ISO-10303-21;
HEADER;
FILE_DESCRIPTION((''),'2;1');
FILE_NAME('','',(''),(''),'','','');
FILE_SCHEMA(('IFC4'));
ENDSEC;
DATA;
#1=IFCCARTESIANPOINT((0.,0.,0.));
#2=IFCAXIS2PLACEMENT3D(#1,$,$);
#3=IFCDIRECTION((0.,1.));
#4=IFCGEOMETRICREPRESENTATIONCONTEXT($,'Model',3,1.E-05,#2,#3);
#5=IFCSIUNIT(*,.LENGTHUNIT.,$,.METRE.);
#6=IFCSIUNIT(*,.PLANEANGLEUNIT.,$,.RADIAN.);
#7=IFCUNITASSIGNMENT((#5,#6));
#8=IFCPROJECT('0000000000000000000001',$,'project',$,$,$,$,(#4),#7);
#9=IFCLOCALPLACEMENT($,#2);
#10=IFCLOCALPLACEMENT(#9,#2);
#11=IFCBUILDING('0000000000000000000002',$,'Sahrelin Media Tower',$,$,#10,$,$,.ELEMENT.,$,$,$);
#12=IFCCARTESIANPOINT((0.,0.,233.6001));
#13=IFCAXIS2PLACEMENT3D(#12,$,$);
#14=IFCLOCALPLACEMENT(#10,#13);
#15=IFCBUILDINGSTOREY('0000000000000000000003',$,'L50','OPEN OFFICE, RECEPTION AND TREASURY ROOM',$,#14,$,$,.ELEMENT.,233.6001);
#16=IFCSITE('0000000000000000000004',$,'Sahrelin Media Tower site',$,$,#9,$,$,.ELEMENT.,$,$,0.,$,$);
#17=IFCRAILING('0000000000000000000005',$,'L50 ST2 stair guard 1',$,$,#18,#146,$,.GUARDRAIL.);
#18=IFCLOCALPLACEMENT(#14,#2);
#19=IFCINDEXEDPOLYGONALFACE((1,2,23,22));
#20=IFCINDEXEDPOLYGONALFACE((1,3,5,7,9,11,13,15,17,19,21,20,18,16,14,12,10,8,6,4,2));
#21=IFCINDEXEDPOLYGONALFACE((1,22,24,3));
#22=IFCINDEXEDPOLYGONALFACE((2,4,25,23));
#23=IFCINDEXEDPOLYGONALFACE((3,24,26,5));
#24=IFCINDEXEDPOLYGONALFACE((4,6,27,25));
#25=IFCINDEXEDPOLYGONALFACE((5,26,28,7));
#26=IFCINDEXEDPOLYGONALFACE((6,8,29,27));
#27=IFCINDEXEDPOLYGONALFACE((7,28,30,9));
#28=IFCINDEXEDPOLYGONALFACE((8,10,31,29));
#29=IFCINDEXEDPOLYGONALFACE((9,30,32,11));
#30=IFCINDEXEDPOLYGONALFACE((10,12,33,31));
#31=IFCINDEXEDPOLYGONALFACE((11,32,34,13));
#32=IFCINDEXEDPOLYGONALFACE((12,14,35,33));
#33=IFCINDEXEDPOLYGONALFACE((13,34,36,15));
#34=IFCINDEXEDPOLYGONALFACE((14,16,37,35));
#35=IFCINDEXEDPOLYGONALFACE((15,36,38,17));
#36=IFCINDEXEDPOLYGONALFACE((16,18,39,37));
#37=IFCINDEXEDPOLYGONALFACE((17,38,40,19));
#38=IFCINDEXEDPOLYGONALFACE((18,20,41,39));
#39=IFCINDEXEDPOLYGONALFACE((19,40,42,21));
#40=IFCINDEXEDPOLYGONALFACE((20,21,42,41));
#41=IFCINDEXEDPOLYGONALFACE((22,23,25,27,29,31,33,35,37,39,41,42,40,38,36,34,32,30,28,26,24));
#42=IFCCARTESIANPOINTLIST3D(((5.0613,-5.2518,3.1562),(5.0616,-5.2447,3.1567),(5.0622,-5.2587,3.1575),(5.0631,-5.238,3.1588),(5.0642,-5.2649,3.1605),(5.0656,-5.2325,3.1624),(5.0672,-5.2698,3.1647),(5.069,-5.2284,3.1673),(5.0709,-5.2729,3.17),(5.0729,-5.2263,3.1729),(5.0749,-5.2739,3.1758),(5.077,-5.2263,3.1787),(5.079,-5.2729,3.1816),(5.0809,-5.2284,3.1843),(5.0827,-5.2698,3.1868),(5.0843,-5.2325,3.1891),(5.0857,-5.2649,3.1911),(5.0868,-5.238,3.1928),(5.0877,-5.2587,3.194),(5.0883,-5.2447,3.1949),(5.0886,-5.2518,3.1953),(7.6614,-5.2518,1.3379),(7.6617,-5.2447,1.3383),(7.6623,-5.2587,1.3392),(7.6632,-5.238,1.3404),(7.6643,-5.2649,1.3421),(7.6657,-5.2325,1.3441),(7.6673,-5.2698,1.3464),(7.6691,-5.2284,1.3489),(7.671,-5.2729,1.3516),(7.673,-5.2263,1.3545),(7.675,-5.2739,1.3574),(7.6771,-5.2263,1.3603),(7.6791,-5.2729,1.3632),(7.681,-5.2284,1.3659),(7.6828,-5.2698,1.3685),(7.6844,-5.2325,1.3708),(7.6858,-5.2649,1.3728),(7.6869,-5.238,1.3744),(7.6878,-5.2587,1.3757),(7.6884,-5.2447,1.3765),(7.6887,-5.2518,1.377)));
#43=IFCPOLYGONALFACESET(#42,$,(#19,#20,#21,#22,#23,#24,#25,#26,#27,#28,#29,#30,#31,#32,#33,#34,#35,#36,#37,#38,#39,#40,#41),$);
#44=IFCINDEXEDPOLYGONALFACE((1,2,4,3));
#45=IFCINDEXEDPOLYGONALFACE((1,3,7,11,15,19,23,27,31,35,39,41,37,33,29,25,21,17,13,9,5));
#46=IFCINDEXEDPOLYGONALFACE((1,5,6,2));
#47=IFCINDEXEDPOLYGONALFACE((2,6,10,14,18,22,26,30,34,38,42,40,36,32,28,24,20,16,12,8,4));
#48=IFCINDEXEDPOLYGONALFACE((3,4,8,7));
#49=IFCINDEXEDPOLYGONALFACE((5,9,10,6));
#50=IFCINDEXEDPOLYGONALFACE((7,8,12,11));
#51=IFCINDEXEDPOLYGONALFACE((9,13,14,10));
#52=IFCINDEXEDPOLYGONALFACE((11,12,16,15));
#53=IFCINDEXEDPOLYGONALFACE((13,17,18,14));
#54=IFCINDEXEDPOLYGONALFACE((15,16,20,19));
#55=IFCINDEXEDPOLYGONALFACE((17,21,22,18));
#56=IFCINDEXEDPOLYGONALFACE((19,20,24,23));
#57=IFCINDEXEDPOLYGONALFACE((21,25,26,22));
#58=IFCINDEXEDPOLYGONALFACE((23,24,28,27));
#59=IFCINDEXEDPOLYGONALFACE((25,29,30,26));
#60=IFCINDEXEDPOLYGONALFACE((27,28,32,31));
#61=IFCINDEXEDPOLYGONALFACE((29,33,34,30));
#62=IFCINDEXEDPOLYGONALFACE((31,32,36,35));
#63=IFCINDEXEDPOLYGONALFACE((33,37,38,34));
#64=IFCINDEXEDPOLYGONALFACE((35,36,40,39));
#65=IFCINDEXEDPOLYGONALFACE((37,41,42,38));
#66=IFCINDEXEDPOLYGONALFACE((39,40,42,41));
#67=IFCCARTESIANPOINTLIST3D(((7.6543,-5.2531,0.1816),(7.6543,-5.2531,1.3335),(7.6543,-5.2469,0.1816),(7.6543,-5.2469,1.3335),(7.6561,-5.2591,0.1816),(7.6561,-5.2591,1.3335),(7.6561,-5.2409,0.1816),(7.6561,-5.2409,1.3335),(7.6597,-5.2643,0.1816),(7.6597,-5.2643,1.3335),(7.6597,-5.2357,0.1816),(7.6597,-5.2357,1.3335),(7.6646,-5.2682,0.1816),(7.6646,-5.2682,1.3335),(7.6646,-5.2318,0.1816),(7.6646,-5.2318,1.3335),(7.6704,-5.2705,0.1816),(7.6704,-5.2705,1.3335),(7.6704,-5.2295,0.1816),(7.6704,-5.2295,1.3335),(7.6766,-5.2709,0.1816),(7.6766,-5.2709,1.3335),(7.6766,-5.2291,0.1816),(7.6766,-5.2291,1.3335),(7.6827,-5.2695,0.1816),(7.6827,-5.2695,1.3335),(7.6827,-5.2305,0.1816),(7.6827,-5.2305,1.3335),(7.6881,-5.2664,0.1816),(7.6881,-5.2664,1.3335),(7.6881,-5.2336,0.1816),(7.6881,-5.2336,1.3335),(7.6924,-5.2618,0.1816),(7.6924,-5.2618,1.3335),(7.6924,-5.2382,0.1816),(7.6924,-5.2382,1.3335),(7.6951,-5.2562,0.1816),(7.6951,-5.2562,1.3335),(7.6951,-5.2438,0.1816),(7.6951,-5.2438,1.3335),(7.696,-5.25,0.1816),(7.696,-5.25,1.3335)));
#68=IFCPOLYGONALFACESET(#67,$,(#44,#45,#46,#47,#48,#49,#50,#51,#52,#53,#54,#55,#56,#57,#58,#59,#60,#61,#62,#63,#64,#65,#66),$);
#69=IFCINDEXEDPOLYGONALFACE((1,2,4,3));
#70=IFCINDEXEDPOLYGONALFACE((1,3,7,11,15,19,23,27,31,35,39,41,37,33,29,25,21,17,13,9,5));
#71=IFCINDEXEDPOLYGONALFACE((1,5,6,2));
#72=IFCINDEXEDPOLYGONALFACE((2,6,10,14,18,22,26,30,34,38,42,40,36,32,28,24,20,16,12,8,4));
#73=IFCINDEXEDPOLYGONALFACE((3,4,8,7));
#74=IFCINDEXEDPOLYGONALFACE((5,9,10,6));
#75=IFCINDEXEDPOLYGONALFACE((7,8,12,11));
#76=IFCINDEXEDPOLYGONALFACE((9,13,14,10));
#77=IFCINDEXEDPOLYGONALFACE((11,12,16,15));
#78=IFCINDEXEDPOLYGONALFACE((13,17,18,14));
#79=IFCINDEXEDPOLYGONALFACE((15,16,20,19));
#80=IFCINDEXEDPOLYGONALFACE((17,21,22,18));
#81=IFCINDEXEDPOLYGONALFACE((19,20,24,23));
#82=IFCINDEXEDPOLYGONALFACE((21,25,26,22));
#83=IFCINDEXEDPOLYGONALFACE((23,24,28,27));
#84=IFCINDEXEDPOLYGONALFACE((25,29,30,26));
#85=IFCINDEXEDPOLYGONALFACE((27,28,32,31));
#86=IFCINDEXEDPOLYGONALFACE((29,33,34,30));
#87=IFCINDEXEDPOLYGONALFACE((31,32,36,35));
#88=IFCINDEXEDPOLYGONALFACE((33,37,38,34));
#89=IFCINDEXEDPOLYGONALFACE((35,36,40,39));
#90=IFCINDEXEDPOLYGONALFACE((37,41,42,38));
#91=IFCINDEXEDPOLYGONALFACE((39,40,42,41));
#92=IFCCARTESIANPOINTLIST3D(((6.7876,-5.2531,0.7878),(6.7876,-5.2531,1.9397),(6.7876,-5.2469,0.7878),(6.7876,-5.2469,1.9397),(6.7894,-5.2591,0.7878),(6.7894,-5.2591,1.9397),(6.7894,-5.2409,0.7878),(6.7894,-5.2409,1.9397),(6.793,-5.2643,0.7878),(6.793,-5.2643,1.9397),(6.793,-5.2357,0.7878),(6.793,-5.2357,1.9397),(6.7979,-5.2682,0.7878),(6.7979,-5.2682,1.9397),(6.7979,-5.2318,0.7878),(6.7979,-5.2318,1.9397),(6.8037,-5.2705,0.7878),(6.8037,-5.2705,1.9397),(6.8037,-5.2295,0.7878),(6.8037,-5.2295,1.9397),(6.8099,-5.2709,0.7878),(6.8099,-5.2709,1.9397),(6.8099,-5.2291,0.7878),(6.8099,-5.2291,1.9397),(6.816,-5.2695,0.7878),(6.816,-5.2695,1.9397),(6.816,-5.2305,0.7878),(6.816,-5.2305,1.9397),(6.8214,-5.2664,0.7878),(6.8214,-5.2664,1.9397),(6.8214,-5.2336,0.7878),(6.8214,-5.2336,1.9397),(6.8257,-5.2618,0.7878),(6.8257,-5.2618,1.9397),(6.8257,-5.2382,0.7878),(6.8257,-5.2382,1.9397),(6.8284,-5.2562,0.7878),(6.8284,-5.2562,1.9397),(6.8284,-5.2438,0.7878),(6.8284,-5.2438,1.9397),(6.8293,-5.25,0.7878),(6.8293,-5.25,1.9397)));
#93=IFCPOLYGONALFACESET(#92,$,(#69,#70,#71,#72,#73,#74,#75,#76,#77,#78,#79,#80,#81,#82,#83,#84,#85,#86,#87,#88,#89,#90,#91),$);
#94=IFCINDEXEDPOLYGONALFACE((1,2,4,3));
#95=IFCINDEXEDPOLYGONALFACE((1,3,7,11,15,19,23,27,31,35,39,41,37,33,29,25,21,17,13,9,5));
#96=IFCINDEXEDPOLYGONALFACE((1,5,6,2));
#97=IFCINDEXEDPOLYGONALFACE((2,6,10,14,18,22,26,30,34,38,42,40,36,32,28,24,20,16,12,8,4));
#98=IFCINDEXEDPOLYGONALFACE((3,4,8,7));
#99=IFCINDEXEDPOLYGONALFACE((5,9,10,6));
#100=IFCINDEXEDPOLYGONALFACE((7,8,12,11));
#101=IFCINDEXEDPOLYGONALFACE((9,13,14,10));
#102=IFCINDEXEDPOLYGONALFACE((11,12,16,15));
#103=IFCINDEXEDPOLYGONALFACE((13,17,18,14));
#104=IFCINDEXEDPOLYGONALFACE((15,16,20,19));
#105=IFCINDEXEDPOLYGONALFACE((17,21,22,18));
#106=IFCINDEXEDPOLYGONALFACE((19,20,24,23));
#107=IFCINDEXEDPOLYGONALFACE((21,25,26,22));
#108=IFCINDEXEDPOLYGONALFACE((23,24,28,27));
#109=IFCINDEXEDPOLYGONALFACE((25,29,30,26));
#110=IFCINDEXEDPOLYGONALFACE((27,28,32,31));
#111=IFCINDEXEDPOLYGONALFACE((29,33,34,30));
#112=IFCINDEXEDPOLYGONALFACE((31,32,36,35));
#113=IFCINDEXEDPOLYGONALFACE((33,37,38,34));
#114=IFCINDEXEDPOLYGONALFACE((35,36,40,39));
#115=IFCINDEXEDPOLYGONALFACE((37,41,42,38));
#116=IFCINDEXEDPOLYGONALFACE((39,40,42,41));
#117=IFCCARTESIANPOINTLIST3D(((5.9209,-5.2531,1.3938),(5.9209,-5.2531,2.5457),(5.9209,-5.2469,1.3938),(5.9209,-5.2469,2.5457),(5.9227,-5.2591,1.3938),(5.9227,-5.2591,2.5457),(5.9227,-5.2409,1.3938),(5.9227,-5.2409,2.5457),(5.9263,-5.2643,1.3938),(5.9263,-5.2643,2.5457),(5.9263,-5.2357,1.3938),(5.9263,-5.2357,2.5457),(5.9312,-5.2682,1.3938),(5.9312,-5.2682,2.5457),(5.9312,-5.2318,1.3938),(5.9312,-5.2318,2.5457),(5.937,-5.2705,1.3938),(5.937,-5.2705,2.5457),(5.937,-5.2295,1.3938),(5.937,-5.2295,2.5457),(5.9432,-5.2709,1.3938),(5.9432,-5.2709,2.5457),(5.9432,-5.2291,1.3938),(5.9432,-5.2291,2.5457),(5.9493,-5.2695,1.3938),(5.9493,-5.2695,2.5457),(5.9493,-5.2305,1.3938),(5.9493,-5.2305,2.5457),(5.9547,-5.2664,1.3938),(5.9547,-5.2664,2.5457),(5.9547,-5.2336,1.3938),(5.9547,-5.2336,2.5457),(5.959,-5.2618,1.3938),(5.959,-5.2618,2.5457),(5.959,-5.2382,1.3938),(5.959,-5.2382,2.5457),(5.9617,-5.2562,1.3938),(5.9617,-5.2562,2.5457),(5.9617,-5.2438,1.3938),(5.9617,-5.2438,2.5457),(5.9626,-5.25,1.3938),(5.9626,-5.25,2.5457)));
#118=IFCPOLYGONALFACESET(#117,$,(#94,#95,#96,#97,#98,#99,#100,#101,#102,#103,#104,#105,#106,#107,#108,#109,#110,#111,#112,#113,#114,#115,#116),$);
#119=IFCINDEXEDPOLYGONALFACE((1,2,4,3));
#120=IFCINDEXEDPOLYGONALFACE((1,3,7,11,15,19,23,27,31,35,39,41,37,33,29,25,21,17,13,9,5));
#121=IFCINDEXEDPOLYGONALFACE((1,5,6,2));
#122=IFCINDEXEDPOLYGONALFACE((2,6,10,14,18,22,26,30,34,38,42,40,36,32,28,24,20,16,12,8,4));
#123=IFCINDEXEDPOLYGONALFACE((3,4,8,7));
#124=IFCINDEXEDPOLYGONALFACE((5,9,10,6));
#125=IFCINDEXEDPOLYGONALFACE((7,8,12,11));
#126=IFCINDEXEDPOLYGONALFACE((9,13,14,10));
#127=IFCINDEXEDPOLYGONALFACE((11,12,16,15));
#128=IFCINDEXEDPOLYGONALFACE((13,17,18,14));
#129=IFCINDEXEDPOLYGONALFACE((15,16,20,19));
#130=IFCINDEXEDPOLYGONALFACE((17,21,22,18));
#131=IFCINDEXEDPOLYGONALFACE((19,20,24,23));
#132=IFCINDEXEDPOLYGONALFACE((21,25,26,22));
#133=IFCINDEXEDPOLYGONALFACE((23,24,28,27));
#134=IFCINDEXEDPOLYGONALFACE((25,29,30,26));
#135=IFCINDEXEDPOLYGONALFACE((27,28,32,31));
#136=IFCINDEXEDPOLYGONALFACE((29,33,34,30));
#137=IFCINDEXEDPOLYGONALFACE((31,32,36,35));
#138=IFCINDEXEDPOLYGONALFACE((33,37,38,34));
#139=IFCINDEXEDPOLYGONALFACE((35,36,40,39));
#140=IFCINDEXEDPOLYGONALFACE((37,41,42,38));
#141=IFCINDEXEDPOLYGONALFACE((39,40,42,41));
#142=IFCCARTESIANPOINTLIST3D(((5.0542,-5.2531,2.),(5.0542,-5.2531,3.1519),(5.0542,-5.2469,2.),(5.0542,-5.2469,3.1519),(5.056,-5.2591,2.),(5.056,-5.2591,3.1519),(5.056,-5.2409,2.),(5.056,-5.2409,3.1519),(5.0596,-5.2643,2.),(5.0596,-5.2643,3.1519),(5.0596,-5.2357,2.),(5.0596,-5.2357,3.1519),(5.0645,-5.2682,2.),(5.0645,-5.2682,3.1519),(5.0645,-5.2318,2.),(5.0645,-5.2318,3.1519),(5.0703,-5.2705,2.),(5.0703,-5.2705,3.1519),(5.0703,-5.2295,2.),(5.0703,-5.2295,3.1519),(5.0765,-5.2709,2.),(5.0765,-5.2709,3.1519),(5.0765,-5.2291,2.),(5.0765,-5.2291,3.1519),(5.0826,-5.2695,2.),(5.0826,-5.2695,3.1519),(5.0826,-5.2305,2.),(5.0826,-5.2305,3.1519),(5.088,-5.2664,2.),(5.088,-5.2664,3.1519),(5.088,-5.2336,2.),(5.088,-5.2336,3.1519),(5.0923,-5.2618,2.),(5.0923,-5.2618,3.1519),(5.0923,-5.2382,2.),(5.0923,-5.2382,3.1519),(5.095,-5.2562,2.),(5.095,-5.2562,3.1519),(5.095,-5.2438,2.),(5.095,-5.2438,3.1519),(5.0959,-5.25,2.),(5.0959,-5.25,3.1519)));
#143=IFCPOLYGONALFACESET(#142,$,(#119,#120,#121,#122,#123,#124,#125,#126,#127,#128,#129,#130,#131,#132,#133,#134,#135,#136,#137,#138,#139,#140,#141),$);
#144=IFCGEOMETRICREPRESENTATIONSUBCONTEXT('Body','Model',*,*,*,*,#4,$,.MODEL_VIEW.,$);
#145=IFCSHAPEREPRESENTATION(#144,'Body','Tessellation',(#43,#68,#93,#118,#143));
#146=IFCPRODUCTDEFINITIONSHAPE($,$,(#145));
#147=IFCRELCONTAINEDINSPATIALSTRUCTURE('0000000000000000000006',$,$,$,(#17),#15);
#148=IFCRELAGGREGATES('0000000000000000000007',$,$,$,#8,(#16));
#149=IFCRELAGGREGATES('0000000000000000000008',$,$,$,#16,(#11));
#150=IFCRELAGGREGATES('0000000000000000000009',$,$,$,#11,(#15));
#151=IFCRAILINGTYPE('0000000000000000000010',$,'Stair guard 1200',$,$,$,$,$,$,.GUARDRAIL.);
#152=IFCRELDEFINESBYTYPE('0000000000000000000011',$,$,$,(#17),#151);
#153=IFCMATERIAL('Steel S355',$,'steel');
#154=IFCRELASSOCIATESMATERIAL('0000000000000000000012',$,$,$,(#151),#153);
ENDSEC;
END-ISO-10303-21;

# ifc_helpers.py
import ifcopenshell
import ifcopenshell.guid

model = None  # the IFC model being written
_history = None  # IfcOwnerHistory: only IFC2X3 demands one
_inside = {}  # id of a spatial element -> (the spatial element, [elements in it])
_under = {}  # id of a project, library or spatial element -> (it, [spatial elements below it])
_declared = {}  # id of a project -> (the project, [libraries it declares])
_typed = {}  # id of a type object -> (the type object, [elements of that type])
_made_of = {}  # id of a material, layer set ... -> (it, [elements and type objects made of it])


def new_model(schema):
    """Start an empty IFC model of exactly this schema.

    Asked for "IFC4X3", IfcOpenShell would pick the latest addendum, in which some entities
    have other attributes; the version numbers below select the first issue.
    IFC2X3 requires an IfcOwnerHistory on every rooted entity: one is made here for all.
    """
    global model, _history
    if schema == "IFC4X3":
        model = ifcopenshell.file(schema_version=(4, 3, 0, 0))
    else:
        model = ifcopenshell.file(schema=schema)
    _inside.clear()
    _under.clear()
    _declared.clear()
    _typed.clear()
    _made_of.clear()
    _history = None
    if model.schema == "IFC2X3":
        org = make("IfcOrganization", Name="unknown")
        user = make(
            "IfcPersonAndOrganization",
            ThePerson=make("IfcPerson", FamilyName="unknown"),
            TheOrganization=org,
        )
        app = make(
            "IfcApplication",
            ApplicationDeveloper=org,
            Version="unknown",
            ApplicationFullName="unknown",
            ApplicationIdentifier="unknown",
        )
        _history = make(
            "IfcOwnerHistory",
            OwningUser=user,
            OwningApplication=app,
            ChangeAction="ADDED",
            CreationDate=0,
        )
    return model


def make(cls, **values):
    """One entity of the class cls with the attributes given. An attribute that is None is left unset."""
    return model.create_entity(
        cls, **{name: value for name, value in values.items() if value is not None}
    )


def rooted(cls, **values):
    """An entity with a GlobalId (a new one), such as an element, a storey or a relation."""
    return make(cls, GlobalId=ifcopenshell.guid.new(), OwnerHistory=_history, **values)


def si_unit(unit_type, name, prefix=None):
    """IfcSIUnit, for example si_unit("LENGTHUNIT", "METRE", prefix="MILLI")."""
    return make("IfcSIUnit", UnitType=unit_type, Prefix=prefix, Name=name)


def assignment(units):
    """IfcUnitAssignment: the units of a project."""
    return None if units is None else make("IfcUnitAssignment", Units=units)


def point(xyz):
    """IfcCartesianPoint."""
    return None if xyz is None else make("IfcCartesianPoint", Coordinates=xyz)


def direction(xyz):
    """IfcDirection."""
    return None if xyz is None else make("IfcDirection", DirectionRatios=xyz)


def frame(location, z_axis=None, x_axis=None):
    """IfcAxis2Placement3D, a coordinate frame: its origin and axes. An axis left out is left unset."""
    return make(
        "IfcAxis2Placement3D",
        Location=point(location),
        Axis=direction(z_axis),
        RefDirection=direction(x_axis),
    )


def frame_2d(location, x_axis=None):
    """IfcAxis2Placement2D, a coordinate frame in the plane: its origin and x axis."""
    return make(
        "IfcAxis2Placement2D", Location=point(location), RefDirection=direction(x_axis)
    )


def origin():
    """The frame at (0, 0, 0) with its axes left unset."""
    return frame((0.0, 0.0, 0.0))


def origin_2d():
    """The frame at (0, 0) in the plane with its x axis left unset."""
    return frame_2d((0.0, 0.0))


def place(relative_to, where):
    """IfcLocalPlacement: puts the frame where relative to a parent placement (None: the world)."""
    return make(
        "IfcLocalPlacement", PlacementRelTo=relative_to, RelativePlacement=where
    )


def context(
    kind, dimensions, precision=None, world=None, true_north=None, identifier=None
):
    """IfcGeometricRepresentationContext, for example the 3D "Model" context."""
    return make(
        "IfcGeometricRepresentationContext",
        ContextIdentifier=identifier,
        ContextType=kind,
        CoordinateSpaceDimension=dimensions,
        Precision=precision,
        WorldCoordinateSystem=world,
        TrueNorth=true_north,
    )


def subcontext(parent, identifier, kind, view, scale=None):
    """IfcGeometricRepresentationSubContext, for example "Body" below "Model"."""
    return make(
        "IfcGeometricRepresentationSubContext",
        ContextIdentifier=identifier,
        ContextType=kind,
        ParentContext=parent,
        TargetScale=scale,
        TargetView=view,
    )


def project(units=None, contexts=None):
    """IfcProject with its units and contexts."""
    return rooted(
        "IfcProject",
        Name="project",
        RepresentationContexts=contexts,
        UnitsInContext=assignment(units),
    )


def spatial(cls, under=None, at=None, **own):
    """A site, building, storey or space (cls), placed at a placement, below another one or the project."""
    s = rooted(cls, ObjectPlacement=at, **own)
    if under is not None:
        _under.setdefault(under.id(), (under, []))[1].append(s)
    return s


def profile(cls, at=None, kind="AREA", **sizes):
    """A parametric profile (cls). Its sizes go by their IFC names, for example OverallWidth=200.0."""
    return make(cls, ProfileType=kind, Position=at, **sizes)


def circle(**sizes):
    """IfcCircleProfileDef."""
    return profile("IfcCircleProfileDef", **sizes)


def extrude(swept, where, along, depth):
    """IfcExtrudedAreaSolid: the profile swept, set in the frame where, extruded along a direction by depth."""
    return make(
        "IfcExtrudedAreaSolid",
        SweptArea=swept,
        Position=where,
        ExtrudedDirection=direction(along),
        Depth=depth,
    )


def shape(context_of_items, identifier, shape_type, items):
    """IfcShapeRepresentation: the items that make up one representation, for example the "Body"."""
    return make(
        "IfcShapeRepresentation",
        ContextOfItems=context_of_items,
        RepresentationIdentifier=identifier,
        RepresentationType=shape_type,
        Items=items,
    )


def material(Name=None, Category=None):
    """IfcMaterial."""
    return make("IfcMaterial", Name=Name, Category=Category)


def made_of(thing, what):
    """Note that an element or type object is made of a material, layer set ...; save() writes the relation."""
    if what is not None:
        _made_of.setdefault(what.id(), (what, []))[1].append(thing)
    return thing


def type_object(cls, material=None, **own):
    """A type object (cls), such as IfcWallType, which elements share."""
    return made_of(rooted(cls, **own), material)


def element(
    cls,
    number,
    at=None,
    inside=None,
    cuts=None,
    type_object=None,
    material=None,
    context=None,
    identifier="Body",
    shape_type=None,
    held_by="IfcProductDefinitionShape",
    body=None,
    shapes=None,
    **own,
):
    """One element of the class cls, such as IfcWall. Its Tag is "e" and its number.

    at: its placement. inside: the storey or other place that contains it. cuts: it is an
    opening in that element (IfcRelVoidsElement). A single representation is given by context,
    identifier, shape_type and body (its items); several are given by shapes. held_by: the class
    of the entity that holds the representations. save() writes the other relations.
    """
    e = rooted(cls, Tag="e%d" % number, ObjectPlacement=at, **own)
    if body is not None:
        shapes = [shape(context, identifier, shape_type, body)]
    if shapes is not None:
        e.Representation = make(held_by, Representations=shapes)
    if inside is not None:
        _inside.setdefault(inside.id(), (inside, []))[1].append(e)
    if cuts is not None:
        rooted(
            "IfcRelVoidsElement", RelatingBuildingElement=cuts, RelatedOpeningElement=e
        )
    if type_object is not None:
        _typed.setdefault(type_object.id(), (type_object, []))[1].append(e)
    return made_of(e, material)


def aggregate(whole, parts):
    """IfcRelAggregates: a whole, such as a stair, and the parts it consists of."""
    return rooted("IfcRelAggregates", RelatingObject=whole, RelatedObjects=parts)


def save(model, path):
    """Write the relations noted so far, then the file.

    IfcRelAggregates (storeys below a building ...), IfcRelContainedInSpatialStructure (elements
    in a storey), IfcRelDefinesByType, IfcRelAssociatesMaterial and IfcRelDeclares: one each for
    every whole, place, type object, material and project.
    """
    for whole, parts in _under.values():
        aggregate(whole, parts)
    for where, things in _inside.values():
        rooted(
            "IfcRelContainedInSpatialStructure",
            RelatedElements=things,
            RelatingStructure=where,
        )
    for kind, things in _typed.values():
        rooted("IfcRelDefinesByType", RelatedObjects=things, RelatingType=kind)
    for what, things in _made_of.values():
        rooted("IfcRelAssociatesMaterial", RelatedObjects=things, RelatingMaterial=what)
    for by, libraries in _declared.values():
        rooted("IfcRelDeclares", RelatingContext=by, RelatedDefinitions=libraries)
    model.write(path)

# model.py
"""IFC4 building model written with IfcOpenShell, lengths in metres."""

from ifc_helpers import new_model, si_unit, direction, frame, origin, origin_2d, place, context, subcontext, project, spatial, circle, extrude, material, type_object, element, save


model = new_model("IFC4")

# Units and contexts
model_context = context("Model", 3, precision=1e-05, world=origin(), true_north=direction((0.0, 1.0)))
body_context = subcontext(model_context, "Body", "Model", "MODEL_VIEW")
ifc_project = project(units=[si_unit("LENGTHUNIT", "METRE"), si_unit("PLANEANGLEUNIT", "RADIAN")], contexts=[model_context])

# Site, building, storey
site_placement = place(None, origin())
site = spatial("IfcSite", under=ifc_project, at=site_placement, Name="Sahrelin Media Tower site", CompositionType="ELEMENT", RefElevation=0.0)
building_placement = place(site_placement, origin())
building = spatial("IfcBuilding", under=site, at=building_placement, Name="Sahrelin Media Tower", CompositionType="ELEMENT")
storey_placement = place(building_placement, frame((0.0, 0.0, 233.6001)))
storey = spatial("IfcBuildingStorey", under=building, at=storey_placement, Name="L50", Description="OPEN OFFICE, RECEPTION AND TREASURY ROOM", CompositionType="ELEMENT", Elevation=233.6001)

# Shared definitions
ifc_material_1 = material(Name="Steel S355", Category="steel")

# Railing
railing_type_1 = type_object("IfcRailingType", Name="Stair guard 1200", PredefinedType="GUARDRAIL", material=ifc_material_1)
railing_1_placement = place(storey_placement, frame((7.675, -5.25, 0.1816)))
element("IfcRailing", 1, at=railing_1_placement, inside=storey, type_object=railing_type_1, Name="L50 ST2 stair guard 1", PredefinedType="GUARDRAIL", context=body_context, shape_type="SweptSolid", body=[
    extrude(circle(Radius=0.0239, at=origin_2d()), frame((0.0, 0.0, 1.1758), z_axis=(-0.819485, 0.0, 0.573101), x_axis=(0.0, -1.0, 0.0)), (0.0, 0.0, 1.0), 3.1729),
    extrude(circle(Radius=0.021, at=origin_2d()), origin(), (0.0, 0.0, 1.0), 1.1519),
    extrude(circle(Radius=0.021, at=origin_2d()), frame((-0.8667, 0.0, 0.6062)), (0.0, 0.0, 1.0), 1.1519),
    extrude(circle(Radius=0.021, at=origin_2d()), frame((-1.7334, 0.0, 1.2122)), (0.0, 0.0, 1.0), 1.1519),
    extrude(circle(Radius=0.021, at=origin_2d()), frame((-2.6001, 0.0, 1.8184)), (0.0, 0.0, 1.0), 1.1519),
])

save(model, "model.ifc")
